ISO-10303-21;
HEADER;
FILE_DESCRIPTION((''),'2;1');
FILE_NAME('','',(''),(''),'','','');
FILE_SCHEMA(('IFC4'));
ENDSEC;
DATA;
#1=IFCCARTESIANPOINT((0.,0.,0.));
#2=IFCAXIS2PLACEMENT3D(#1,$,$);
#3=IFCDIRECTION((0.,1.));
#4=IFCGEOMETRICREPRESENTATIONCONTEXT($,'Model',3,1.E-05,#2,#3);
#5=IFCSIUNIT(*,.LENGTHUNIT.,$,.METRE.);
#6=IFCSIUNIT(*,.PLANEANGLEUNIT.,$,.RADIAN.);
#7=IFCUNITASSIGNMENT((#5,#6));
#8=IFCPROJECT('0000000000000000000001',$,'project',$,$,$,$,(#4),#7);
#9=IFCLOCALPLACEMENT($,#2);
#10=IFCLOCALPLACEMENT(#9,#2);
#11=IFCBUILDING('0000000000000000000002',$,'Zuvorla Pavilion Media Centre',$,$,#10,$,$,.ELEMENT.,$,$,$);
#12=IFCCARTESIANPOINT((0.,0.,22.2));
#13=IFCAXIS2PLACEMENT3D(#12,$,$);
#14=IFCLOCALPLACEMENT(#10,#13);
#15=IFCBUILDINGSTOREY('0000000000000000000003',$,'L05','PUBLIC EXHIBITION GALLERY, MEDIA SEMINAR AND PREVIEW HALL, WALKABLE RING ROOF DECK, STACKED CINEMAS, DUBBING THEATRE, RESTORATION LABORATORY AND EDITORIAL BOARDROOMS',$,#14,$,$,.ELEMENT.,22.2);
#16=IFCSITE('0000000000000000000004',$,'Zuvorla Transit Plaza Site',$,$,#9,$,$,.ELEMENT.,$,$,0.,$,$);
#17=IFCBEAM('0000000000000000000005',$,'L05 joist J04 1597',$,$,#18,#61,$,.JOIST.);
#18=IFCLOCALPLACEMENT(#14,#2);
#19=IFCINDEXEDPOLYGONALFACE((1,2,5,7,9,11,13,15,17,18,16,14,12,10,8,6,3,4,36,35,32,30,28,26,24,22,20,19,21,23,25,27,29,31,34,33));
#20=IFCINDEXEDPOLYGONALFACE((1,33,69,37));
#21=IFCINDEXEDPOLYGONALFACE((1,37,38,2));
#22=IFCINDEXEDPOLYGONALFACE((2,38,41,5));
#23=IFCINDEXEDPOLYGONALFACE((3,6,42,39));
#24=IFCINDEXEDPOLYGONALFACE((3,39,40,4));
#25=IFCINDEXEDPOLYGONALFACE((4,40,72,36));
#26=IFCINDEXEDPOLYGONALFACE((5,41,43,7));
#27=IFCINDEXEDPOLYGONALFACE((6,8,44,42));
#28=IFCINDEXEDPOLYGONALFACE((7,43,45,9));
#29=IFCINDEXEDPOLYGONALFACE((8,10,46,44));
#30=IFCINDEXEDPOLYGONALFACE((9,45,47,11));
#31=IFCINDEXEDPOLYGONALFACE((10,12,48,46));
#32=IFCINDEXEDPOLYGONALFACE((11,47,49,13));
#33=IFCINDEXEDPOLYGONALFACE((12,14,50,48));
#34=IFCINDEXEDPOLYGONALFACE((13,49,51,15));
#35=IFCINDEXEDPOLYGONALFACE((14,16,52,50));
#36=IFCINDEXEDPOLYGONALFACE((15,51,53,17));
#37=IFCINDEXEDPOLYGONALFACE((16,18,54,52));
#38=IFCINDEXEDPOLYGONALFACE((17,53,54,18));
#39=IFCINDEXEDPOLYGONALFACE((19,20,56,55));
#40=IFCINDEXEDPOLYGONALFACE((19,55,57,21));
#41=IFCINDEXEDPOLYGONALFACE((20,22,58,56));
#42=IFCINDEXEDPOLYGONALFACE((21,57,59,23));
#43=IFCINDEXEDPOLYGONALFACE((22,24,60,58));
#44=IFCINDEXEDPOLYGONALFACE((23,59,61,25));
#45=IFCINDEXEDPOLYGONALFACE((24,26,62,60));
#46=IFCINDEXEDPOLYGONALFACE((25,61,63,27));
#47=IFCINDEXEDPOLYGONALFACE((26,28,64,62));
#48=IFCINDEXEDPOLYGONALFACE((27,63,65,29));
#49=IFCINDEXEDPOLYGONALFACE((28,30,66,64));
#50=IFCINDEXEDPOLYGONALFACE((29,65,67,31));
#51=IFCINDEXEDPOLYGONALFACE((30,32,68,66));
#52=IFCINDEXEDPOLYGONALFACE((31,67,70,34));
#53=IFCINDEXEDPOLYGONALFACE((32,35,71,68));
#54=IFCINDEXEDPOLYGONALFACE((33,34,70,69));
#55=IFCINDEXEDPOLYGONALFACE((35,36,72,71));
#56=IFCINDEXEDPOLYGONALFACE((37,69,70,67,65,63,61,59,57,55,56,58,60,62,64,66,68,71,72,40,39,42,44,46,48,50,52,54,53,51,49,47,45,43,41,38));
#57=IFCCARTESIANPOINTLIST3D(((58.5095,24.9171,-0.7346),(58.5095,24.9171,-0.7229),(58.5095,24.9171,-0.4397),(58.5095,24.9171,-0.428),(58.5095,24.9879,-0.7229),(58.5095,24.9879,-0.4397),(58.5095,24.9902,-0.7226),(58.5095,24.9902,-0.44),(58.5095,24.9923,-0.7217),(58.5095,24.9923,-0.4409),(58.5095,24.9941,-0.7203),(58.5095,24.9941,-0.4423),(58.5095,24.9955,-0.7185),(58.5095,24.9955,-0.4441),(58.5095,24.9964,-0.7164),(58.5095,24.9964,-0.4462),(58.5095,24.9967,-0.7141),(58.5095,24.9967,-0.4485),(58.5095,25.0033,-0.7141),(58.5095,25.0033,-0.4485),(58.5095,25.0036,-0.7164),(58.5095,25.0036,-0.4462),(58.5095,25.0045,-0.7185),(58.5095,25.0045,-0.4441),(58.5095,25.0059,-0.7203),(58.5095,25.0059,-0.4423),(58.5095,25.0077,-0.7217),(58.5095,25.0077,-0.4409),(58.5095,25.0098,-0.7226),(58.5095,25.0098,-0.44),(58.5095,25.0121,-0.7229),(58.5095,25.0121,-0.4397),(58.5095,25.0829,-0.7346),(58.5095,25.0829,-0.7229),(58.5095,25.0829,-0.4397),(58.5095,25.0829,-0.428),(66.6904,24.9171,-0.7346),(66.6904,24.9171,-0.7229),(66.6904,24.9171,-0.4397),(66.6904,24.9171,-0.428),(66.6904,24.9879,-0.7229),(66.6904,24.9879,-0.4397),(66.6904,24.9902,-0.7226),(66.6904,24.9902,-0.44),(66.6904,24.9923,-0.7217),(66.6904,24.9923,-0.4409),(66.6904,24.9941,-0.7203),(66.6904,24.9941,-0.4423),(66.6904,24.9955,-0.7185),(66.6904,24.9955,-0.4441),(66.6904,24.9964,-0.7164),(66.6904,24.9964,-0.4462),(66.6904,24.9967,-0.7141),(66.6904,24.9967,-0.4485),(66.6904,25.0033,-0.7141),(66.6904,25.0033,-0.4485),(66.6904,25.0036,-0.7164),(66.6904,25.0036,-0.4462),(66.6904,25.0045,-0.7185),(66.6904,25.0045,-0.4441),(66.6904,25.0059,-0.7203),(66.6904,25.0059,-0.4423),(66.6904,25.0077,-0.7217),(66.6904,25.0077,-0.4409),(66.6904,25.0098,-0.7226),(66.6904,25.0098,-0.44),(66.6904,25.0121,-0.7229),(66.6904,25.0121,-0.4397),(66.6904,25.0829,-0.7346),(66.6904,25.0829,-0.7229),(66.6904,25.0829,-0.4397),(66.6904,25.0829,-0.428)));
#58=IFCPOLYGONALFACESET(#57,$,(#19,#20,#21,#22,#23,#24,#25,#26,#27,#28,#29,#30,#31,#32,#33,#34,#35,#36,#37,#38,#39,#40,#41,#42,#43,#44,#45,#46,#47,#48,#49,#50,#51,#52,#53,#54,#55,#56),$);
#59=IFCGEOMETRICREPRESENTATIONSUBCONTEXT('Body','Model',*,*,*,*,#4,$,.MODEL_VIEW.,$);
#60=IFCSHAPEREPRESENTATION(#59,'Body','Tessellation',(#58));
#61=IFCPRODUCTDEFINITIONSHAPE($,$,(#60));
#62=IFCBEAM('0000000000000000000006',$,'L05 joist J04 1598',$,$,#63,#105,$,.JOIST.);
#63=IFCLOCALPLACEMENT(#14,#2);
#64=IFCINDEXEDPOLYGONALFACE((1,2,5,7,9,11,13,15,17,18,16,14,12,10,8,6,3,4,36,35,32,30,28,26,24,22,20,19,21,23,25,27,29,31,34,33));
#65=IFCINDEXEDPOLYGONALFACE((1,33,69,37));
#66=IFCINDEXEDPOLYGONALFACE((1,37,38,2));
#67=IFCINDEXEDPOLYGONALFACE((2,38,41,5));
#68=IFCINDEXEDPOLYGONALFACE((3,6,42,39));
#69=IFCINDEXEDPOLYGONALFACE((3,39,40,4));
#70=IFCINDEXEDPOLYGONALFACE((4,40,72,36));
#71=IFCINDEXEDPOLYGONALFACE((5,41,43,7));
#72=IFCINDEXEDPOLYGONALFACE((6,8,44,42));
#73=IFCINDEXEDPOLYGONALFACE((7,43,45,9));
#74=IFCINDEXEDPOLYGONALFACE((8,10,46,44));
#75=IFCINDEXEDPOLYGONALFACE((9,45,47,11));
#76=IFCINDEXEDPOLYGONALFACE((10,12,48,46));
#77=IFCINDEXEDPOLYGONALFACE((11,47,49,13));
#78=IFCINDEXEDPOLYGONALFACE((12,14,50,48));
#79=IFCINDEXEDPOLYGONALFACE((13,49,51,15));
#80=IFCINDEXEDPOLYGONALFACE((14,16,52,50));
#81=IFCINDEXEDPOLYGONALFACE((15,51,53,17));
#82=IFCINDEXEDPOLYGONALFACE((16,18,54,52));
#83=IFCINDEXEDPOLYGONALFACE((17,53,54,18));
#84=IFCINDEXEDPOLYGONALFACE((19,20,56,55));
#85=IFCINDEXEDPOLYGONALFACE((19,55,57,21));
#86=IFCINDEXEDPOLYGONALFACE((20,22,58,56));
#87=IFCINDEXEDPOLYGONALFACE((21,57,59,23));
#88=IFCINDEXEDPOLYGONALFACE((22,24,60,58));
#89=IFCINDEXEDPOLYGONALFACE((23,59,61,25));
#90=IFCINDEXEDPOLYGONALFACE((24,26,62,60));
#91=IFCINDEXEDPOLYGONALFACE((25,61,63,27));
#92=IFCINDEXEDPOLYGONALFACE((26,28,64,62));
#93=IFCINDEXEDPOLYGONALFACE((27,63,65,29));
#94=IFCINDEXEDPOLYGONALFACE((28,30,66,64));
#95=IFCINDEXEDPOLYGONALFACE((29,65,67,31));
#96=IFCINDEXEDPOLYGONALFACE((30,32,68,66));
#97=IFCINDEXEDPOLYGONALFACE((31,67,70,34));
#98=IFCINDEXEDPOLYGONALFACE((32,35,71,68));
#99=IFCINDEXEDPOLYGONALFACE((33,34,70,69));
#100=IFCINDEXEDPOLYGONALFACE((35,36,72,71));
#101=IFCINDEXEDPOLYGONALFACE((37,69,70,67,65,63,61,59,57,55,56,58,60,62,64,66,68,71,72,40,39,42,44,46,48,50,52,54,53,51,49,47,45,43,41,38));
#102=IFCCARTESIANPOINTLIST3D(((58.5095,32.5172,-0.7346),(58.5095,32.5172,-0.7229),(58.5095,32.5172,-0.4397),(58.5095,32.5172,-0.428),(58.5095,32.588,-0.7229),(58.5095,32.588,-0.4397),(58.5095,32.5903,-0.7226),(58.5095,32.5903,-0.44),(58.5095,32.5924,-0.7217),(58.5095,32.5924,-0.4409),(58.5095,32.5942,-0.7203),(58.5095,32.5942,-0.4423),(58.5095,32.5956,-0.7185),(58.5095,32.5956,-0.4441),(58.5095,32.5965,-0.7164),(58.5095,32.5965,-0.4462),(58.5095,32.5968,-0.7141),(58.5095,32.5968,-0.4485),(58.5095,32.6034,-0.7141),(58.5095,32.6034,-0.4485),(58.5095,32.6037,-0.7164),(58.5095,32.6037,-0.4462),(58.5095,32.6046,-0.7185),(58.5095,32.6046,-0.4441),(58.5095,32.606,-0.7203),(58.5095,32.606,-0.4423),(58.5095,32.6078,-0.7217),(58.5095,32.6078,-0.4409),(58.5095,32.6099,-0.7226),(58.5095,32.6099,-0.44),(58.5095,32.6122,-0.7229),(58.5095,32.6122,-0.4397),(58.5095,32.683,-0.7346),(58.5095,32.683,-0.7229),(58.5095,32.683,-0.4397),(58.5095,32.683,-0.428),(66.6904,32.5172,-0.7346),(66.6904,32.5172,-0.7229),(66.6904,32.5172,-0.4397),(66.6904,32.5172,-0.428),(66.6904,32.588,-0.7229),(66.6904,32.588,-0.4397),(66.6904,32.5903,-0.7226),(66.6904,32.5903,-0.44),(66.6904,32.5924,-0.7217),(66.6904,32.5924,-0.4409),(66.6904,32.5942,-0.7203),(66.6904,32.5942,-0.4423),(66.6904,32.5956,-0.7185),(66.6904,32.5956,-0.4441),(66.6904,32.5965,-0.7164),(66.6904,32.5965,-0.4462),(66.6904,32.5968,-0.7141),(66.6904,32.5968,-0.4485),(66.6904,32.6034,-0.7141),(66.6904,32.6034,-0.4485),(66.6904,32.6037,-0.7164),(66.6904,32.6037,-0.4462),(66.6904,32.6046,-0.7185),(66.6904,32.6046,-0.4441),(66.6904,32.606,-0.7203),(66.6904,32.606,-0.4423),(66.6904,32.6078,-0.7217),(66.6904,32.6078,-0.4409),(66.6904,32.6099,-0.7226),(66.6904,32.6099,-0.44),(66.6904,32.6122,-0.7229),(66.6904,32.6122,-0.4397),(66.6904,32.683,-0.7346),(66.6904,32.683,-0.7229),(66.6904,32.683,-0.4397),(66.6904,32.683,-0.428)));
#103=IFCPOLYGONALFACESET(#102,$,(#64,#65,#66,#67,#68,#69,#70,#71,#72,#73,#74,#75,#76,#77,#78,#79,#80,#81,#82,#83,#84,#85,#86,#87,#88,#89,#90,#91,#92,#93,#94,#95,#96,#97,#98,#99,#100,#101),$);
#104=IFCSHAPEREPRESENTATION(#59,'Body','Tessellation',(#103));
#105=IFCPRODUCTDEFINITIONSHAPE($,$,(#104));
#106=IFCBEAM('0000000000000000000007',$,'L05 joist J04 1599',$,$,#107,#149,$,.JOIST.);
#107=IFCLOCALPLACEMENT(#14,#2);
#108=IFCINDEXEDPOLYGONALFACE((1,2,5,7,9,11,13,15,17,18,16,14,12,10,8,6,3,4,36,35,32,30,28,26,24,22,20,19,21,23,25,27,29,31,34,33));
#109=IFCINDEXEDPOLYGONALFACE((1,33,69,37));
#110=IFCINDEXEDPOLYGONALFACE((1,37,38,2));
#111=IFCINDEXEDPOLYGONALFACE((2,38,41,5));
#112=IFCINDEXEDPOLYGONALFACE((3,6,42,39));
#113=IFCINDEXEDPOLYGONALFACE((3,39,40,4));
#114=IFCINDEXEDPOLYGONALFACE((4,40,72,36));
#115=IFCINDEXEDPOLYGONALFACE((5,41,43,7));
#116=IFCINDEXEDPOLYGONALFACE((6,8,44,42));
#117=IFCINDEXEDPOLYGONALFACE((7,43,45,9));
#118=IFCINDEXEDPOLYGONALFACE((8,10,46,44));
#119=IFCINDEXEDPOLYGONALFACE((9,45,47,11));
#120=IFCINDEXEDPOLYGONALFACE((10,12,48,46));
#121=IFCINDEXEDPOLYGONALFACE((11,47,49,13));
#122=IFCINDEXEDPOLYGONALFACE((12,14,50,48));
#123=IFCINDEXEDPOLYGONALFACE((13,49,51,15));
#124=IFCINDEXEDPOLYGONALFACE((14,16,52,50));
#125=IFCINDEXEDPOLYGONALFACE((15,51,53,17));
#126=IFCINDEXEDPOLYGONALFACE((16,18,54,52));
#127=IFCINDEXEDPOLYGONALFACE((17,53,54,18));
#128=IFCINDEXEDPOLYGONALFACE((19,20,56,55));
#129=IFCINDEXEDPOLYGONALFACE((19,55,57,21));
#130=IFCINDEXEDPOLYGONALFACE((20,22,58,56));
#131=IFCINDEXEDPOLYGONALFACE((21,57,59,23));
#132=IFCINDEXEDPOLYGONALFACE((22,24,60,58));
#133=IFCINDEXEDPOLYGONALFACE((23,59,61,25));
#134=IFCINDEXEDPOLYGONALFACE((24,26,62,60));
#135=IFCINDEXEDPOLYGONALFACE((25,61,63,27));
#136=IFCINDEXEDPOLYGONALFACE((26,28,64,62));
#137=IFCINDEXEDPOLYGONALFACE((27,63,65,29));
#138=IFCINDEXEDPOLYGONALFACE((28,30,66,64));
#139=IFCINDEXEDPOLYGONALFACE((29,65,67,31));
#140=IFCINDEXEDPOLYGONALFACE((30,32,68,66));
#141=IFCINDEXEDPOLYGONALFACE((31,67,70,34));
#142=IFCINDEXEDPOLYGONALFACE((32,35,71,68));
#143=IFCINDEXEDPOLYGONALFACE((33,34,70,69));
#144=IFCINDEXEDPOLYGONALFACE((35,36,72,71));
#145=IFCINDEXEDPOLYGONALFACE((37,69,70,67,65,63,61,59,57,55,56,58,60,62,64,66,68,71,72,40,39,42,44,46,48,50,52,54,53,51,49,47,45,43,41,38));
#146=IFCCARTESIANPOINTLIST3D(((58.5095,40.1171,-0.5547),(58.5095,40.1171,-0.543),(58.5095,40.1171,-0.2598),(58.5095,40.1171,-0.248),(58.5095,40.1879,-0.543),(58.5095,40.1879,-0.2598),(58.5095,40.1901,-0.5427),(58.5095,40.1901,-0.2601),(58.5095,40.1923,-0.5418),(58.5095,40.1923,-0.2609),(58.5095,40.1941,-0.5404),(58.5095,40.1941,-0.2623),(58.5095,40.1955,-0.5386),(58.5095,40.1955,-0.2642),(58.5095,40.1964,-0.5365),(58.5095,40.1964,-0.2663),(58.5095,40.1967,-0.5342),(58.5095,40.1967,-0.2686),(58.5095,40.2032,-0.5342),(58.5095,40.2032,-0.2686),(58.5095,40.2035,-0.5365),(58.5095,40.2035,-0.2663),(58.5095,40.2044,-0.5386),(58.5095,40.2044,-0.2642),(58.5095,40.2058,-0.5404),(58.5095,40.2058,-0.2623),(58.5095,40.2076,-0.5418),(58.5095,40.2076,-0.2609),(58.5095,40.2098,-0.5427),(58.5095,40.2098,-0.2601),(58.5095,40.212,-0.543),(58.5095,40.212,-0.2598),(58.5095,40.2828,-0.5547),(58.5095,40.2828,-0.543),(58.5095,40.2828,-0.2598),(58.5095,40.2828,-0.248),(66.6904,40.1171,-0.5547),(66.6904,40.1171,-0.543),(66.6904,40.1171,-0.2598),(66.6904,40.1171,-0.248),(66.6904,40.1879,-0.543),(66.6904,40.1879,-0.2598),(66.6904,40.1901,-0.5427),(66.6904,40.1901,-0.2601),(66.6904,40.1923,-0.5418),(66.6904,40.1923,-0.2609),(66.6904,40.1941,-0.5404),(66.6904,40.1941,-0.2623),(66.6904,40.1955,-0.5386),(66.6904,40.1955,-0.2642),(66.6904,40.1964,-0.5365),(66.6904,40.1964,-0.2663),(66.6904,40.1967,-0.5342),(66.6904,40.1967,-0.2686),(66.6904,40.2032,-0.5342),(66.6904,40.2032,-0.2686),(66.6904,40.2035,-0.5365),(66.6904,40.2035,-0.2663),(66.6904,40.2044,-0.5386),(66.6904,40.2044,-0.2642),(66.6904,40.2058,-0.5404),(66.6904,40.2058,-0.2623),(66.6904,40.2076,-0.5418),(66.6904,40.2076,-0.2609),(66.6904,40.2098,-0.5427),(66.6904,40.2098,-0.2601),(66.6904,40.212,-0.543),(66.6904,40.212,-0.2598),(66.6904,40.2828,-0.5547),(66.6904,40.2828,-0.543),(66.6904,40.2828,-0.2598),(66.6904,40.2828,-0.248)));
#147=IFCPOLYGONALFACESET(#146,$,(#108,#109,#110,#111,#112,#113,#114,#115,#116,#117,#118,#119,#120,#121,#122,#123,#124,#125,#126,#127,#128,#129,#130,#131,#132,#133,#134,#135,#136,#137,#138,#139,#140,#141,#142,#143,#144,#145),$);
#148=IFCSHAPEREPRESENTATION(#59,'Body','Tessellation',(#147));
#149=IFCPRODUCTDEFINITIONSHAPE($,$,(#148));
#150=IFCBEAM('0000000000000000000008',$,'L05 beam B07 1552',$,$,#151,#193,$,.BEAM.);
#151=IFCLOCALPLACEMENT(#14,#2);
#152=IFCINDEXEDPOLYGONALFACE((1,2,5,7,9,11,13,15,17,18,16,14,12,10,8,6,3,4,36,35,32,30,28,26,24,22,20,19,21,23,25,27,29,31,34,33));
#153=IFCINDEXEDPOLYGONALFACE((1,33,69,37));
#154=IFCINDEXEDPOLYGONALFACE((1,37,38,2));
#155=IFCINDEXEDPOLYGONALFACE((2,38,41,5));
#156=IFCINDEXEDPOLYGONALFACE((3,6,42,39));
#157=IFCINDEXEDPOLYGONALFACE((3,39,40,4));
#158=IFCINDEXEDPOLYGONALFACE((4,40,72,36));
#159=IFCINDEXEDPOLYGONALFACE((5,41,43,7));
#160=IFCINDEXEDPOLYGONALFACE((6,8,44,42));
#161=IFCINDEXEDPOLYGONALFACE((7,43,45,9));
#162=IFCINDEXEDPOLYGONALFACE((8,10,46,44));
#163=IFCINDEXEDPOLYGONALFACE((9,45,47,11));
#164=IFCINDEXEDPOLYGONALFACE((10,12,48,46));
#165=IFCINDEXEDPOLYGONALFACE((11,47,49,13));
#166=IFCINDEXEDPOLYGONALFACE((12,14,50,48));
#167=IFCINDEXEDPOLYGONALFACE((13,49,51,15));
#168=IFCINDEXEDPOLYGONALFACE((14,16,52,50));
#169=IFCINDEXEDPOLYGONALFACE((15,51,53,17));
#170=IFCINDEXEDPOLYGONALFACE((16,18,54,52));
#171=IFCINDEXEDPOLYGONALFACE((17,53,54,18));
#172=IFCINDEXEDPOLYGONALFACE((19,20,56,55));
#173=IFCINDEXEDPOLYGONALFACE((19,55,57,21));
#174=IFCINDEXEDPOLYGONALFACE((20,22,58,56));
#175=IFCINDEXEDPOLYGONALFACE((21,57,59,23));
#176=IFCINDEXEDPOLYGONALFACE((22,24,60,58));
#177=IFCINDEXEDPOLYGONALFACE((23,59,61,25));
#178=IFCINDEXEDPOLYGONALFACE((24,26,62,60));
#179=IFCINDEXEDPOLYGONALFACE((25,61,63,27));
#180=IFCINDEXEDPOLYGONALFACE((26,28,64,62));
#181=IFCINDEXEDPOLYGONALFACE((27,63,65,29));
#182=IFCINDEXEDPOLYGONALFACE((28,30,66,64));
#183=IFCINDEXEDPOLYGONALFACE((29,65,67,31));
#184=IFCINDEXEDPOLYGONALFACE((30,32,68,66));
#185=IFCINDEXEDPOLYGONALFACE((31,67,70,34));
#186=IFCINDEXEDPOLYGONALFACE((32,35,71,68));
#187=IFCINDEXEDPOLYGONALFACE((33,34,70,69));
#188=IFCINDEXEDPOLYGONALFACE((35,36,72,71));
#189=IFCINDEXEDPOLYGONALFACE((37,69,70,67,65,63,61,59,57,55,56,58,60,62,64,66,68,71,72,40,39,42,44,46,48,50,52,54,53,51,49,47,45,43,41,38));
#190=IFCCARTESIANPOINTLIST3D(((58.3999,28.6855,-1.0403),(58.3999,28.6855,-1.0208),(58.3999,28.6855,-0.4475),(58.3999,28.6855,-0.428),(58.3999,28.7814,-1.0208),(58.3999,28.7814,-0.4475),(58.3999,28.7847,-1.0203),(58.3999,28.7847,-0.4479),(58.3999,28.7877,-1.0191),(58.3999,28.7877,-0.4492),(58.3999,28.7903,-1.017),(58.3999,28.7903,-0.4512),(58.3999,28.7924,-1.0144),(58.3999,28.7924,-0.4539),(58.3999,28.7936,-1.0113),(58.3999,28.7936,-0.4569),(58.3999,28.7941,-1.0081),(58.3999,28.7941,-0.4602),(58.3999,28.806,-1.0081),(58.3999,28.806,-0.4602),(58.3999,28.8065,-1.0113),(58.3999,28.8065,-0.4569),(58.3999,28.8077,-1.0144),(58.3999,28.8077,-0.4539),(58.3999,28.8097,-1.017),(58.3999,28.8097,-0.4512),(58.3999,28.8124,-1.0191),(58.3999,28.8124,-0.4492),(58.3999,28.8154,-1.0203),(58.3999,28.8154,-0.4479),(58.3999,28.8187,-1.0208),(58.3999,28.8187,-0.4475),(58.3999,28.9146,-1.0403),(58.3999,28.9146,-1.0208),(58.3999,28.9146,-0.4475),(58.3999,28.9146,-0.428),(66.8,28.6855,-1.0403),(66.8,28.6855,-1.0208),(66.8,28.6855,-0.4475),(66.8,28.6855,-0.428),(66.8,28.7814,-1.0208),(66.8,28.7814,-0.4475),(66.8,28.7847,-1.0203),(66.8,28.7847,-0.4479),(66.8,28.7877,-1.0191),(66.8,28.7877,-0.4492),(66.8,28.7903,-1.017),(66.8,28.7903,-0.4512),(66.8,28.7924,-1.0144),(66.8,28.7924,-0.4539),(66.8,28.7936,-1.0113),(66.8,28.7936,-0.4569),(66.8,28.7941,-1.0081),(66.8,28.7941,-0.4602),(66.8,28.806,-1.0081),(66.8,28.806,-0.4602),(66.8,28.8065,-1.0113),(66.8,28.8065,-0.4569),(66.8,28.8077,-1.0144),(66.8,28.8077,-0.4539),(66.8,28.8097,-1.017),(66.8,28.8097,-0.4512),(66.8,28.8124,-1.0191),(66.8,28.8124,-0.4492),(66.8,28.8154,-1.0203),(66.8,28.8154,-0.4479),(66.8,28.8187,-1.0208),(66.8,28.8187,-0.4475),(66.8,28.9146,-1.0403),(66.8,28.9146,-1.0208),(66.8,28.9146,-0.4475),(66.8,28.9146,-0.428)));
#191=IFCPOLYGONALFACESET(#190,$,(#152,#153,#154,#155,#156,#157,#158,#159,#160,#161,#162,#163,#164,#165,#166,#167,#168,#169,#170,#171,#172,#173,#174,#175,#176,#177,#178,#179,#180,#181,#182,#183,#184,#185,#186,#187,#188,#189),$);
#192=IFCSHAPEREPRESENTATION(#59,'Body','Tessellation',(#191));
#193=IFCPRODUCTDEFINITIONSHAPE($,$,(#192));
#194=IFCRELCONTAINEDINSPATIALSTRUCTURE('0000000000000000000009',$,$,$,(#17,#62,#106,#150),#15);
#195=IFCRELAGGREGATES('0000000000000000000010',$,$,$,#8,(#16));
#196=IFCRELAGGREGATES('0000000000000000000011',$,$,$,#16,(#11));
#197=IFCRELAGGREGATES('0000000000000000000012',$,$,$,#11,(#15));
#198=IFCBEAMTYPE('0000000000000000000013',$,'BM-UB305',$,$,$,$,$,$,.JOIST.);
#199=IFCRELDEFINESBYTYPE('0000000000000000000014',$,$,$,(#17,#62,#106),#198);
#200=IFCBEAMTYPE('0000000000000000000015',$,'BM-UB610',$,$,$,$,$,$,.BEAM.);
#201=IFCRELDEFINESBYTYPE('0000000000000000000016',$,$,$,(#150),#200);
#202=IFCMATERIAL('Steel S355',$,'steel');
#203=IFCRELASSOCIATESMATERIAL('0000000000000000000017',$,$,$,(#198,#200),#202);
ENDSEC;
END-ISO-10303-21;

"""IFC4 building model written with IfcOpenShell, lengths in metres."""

from ifc_helpers import new_model, si_unit, direction, frame, origin, origin_2d, place, context, subcontext, project, spatial, i_section, extrude, material, material_profile, profile_set, type_object, element, save


model = new_model("IFC4")

# Units and contexts
model_context = context("Model", 3, precision=1e-05, world=origin(), true_north=direction((0.0, 1.0)))
body_context = subcontext(model_context, "Body", "Model", "MODEL_VIEW")
ifc_project = project(units=[si_unit("LENGTHUNIT", "METRE"), si_unit("PLANEANGLEUNIT", "RADIAN")], contexts=[model_context])

# Site, building, storey
site_placement = place(None, origin())
site = spatial("IfcSite", under=ifc_project, at=site_placement, Name="Zuvorla Transit Plaza Site", CompositionType="ELEMENT", RefElevation=0.0)
building_placement = place(site_placement, origin())
building = spatial("IfcBuilding", under=site, at=building_placement, Name="Zuvorla Pavilion Media Centre", CompositionType="ELEMENT")
storey_placement = place(building_placement, frame((0.0, 0.0, 22.2)))
storey = spatial("IfcBuildingStorey", under=building, at=storey_placement, Name="L05", Description="PUBLIC EXHIBITION GALLERY, MEDIA SEMINAR AND PREVIEW HALL, WALKABLE RING ROOF DECK, STACKED CINEMAS, DUBBING THEATRE, RESTORATION LABORATORY AND EDITORIAL BOARDROOMS", CompositionType="ELEMENT", Elevation=22.2)

# Beams
ifc_material_1 = material(Name="Steel S355", Category="steel")
ifc_material_profile_1 = material_profile(ifc_material_1, i_section(OverallWidth=0.1658, OverallDepth=0.3066, WebThickness=0.0066, FlangeThickness=0.0117, FilletRadius=0.0088, at=origin_2d()), Name="UB 305x165x46")
ifc_profile_set_1 = profile_set([ifc_material_profile_1], Name="Steel S355")
beam_type_1 = type_object("IfcBeamType", Name="BM-UB305", PredefinedType="JOIST", material=ifc_profile_set_1)
for number, where, z_axis, x_axis, name in (
    (1, (58.5095, 25.0, -0.5813), (1.0, 0.0, 0.0), (0.0, 1.0, 0.0), "L05 joist J04 1597"),
    (2, (58.5095, 32.6001, -0.5813), (1.0, 0.0, 0.0), (0.0, 1.0, 0.0), "L05 joist J04 1598"),
    (3, (58.5095, 40.2, -0.4014), (1.0, 0.0, 0.0), (0.0, 1.0, 0.0), "L05 joist J04 1599"),
):
    element("IfcBeam", number, at=place(storey_placement, frame(where, z_axis=z_axis, x_axis=x_axis)), inside=storey, type_object=beam_type_1, Name=name, PredefinedType="JOIST", context=body_context, shape_type="SweptSolid", body=[
        extrude(i_section(OverallWidth=0.1658, OverallDepth=0.3066, WebThickness=0.0066, FlangeThickness=0.0117, FilletRadius=0.0088, at=origin_2d()), origin(), (0.0, 0.0, 1.0), 8.1809),
    ])
ifc_material_profile_2 = material_profile(ifc_material_1, i_section(OverallWidth=0.229, OverallDepth=0.6123, WebThickness=0.012, FlangeThickness=0.0195, FilletRadius=0.0127, at=origin_2d()), Name="UB 610x229x125")
ifc_profile_set_2 = profile_set([ifc_material_profile_2], Name="Steel S355")
beam_type_2 = type_object("IfcBeamType", Name="BM-UB610", PredefinedType="BEAM", material=ifc_profile_set_2)
beam_1_placement = place(storey_placement, frame((58.3999, 28.8, -0.7341), z_axis=(1.0, 0.0, 0.0), x_axis=(0.0, 1.0, 0.0)))
element("IfcBeam", 4, at=beam_1_placement, inside=storey, type_object=beam_type_2, Name="L05 beam B07 1552", PredefinedType="BEAM", context=body_context, shape_type="SweptSolid", body=[
    extrude(i_section(OverallWidth=0.229, OverallDepth=0.6123, WebThickness=0.012, FlangeThickness=0.0195, FilletRadius=0.0127, at=origin_2d()), origin(), (0.0, 0.0, 1.0), 8.4001),
])

save(model, "model.ifc")
